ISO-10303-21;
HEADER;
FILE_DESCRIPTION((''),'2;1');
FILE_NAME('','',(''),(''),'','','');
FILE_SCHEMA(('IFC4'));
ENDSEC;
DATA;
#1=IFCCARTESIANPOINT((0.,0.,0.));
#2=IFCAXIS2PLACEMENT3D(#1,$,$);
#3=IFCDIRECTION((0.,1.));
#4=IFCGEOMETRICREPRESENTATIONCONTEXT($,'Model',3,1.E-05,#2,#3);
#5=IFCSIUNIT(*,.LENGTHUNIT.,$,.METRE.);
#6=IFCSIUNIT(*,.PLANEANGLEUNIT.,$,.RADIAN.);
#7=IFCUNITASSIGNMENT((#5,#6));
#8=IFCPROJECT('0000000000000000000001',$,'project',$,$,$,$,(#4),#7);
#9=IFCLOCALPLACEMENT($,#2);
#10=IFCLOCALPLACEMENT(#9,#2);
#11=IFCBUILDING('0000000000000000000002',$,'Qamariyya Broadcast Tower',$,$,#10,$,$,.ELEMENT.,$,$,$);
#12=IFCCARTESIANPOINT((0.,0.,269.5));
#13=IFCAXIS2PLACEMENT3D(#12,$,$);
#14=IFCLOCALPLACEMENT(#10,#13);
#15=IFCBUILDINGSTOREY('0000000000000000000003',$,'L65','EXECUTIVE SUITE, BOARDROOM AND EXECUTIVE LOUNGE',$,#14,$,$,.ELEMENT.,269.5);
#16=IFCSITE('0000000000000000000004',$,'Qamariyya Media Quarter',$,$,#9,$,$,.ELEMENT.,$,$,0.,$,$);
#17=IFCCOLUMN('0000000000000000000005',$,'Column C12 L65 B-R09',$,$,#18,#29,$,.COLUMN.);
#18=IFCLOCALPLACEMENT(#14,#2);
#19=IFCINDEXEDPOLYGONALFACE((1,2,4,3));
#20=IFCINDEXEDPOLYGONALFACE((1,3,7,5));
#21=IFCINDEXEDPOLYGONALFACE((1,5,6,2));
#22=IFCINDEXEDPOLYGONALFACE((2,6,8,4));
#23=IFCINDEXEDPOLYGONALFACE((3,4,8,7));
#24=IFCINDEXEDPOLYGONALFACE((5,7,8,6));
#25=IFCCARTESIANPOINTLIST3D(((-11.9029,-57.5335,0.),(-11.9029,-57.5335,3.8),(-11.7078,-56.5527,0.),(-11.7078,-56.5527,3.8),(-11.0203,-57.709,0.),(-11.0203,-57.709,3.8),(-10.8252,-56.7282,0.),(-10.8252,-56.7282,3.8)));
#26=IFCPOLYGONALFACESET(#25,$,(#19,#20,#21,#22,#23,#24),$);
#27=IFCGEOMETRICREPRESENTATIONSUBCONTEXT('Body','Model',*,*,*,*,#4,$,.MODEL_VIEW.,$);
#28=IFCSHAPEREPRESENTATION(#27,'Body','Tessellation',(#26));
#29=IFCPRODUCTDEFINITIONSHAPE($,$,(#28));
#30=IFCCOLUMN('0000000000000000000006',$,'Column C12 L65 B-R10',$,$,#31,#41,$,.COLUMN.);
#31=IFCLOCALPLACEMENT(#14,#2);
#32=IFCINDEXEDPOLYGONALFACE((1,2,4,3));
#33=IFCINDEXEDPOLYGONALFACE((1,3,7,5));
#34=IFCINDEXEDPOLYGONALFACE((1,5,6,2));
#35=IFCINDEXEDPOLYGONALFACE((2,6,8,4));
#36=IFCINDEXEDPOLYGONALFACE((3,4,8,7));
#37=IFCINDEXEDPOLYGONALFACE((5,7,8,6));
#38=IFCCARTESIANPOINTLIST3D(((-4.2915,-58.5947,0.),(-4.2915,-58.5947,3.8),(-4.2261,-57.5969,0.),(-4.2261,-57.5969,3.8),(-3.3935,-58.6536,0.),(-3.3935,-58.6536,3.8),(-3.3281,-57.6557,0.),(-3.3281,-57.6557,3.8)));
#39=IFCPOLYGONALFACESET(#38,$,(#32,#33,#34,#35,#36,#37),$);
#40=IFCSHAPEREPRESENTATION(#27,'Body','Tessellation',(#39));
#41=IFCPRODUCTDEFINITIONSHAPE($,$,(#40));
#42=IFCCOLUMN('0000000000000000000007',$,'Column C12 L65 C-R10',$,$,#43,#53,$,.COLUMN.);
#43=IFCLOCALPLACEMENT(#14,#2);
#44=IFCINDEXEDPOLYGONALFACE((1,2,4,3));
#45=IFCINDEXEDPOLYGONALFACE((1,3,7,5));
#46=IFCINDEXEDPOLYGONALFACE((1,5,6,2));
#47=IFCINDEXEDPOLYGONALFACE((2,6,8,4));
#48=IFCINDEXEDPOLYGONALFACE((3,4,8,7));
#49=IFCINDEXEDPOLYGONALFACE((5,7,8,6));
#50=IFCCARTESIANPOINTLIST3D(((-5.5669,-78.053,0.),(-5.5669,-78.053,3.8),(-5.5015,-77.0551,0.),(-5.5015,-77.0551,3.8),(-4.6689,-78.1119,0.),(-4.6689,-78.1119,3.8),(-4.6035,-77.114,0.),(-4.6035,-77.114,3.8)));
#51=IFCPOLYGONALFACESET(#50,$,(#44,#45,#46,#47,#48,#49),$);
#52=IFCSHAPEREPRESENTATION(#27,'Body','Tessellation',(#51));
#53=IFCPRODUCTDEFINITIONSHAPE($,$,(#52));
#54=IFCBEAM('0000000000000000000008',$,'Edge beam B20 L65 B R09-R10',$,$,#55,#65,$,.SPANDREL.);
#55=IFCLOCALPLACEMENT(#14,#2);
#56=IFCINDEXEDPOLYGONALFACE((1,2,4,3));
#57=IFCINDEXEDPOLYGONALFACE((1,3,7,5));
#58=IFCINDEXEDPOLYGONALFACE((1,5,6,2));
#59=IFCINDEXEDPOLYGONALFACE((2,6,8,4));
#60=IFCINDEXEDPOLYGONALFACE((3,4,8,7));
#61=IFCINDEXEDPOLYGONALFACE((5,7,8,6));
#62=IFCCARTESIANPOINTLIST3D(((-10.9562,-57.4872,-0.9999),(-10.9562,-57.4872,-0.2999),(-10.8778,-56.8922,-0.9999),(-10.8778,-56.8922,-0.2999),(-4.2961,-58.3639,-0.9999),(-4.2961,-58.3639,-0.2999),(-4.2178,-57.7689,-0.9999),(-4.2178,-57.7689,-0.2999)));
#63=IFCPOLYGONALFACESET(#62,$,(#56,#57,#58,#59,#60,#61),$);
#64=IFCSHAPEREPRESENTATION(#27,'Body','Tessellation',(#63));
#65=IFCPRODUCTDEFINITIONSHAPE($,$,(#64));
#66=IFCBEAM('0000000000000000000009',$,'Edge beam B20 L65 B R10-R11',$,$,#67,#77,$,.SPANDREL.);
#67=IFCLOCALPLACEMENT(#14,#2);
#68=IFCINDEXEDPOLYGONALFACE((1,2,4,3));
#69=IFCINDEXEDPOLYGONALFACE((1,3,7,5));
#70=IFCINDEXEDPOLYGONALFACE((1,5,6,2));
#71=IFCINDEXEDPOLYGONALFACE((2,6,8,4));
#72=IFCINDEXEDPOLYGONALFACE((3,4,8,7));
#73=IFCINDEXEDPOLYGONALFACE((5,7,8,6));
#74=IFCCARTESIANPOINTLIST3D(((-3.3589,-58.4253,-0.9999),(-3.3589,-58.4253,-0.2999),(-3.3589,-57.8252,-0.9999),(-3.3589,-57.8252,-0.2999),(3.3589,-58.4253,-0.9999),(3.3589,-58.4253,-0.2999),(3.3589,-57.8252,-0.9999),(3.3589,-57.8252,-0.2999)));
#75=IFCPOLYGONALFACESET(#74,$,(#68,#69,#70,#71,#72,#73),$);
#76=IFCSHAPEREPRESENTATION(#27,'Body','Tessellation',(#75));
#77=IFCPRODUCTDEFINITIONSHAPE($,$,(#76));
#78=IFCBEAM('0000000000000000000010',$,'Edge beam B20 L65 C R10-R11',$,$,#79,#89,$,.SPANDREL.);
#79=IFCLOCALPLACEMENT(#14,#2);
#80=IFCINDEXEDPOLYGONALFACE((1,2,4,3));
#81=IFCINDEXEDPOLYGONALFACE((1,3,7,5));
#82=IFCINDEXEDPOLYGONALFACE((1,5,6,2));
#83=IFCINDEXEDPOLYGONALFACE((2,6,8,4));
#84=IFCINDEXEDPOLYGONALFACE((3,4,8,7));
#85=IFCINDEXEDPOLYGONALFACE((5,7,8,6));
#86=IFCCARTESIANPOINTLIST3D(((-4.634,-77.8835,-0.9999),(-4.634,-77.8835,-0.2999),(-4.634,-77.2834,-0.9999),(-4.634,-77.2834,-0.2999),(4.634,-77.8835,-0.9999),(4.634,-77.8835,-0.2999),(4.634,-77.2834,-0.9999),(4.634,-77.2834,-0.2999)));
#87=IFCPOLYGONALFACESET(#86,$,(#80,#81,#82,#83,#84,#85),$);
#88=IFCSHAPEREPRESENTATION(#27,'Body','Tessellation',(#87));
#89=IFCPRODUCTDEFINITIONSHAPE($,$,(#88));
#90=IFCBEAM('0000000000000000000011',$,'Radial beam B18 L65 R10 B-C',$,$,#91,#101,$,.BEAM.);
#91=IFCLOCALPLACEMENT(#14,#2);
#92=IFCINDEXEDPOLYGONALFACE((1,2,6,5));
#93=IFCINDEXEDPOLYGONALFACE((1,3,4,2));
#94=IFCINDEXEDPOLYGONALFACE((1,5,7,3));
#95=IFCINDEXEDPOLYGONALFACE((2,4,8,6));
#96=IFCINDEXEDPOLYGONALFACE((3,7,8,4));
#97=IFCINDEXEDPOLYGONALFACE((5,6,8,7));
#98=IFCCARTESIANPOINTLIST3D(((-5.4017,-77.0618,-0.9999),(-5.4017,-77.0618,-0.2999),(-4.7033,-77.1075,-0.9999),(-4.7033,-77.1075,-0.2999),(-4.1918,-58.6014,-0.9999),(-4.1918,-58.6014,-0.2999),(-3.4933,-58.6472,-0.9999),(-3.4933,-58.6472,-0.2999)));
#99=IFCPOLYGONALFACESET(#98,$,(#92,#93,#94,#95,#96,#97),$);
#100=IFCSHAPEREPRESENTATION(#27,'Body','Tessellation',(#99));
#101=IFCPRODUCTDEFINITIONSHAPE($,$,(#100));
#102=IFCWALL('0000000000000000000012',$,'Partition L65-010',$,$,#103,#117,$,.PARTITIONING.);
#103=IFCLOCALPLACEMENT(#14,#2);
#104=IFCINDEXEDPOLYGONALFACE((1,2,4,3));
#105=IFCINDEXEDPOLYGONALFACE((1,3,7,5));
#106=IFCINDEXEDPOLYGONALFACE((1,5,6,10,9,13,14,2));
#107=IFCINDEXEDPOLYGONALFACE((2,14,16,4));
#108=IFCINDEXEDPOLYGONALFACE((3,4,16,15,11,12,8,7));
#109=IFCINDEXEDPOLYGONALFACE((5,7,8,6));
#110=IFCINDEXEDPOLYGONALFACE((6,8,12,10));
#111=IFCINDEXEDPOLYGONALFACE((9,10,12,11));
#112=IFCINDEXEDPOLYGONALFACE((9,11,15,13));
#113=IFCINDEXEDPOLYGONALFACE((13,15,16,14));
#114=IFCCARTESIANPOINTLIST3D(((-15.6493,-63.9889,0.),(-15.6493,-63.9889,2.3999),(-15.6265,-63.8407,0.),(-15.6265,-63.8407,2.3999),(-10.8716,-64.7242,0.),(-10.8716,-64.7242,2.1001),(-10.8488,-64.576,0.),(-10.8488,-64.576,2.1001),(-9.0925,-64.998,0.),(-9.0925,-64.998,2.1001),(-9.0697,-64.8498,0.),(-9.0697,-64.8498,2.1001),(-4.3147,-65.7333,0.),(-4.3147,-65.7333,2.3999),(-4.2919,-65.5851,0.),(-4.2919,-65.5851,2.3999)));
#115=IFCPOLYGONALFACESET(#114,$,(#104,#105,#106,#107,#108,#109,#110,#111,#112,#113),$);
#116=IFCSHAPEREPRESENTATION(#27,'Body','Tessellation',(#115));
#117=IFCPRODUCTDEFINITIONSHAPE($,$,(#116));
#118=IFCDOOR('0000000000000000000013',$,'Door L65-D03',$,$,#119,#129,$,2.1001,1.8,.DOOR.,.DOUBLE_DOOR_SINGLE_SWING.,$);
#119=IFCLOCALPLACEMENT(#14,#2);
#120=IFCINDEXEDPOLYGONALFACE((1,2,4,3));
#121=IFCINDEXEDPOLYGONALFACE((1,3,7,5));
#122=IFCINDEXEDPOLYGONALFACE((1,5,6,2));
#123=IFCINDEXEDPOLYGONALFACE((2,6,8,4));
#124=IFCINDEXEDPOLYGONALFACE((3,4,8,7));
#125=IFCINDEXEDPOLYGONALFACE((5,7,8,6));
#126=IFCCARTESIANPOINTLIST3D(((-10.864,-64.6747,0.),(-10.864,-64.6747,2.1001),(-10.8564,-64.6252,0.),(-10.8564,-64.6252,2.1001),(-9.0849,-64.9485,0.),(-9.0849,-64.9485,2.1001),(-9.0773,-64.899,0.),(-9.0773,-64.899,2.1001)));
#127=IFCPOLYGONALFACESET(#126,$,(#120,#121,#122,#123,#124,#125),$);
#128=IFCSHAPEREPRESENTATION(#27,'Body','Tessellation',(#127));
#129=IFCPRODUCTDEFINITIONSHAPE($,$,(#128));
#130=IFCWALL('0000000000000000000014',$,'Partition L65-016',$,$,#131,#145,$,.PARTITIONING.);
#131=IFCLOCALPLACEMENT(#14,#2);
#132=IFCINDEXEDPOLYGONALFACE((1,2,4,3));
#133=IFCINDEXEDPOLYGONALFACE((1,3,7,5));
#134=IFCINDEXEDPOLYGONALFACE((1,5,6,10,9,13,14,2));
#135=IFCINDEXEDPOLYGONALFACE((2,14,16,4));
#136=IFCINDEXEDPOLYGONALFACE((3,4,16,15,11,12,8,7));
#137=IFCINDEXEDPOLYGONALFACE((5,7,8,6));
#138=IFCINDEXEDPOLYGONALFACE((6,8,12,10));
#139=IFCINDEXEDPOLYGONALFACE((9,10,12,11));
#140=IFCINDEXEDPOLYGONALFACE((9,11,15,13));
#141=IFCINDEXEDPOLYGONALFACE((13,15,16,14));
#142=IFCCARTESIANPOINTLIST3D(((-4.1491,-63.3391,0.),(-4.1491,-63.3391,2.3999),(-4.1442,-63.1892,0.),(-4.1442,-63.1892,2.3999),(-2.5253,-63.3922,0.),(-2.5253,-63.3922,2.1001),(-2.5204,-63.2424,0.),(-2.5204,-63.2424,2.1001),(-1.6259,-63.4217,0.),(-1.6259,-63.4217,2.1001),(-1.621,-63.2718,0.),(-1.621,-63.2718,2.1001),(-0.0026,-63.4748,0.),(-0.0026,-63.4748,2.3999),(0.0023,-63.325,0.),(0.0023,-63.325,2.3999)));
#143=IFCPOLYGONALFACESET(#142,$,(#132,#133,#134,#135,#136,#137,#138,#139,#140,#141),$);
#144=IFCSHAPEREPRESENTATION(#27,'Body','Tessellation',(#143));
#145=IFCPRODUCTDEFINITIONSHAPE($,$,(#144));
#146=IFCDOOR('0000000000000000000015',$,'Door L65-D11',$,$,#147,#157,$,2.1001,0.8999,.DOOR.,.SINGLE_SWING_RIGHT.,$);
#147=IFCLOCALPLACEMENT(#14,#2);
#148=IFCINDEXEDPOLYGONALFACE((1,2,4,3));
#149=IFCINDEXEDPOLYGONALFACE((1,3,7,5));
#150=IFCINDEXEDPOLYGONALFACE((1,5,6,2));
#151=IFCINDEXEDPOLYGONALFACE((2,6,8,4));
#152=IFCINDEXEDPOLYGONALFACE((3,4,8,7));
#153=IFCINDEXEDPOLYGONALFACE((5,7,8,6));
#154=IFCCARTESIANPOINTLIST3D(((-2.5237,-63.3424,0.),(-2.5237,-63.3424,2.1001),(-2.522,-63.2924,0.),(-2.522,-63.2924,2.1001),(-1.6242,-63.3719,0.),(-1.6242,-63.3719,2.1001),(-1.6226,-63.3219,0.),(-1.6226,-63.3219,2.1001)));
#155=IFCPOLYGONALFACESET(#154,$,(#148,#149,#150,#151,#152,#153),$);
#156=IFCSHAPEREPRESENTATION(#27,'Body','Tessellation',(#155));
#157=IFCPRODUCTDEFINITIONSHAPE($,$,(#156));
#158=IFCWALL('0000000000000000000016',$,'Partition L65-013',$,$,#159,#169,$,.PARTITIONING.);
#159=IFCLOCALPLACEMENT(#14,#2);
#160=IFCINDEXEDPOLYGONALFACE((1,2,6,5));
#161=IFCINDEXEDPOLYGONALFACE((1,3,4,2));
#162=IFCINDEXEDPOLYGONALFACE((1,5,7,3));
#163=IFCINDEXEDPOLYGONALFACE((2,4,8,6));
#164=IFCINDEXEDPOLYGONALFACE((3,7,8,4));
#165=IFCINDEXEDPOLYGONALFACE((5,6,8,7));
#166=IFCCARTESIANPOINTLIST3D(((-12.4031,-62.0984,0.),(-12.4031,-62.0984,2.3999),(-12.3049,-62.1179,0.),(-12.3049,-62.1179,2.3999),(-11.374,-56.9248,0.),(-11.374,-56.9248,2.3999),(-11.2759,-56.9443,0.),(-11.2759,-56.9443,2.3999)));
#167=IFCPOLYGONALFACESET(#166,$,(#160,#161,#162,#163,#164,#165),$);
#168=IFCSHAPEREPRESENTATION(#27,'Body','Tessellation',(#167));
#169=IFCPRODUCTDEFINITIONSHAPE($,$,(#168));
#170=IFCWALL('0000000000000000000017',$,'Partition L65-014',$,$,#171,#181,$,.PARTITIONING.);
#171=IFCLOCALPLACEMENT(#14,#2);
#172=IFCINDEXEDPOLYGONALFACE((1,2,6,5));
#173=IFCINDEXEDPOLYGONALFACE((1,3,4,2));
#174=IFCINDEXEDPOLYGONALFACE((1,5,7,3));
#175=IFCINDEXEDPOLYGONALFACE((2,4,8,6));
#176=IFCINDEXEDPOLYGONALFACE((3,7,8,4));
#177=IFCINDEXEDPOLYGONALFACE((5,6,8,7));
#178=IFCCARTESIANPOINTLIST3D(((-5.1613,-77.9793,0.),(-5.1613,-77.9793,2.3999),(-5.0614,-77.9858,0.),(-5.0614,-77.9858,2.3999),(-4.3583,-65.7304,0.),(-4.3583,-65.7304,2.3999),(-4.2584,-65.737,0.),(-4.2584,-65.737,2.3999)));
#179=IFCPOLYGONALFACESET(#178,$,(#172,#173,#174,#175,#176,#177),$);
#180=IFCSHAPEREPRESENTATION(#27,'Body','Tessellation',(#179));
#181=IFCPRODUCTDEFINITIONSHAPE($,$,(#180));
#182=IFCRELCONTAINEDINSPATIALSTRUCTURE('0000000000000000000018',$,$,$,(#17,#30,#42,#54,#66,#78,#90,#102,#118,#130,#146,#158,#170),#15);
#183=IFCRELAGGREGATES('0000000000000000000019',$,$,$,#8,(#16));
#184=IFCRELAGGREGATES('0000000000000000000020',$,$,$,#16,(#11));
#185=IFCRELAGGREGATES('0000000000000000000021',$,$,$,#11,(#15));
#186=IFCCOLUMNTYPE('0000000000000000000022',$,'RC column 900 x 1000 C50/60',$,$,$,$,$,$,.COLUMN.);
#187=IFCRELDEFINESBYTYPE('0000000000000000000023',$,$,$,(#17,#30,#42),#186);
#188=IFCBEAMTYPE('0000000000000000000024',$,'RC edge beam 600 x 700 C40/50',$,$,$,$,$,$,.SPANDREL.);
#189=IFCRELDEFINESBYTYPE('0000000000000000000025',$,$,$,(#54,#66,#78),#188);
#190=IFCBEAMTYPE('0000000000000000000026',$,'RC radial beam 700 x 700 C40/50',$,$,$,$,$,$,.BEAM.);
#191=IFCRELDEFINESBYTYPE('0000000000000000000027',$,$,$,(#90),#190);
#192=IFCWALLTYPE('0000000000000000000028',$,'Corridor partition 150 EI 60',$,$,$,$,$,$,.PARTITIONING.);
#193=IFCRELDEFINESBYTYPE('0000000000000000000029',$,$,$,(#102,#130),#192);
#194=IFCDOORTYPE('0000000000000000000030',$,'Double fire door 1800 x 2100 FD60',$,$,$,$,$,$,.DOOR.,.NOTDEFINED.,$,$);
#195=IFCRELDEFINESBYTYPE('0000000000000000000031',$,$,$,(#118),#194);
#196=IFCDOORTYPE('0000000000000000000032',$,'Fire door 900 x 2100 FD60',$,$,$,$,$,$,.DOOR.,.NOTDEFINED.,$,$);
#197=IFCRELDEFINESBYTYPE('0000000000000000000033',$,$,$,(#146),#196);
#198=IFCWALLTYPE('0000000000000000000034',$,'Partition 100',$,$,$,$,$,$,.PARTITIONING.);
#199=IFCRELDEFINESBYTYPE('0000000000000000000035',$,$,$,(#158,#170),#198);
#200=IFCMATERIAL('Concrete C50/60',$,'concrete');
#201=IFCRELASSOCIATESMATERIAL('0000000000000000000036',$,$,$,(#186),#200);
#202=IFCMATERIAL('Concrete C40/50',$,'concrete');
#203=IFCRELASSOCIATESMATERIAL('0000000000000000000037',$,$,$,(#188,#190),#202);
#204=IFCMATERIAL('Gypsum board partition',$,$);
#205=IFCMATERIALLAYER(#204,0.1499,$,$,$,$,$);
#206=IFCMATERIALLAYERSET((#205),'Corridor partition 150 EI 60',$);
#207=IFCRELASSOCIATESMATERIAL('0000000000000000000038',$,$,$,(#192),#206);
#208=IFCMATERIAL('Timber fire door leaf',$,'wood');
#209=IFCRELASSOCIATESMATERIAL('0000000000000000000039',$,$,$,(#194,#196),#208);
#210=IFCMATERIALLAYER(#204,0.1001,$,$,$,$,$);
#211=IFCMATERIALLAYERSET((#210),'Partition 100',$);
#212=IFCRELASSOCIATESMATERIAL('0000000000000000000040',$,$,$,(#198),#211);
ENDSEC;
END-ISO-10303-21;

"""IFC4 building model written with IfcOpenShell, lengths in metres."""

from ifc_helpers import new_model, si_unit, direction, frame, frame_2d, origin, origin_2d, place, context, subcontext, project, spatial, rectangle, extrude, material, layer, layer_set, material_profile, profile_set, type_object, element, fill, save


model = new_model("IFC4")

# Units and contexts
model_context = context("Model", 3, precision=1e-05, world=origin(), true_north=direction((0.0, 1.0)))
body_context = subcontext(model_context, "Body", "Model", "MODEL_VIEW")
ifc_project = project(units=[si_unit("LENGTHUNIT", "METRE"), si_unit("PLANEANGLEUNIT", "RADIAN")], contexts=[model_context])

# Site, building, storey
site_placement = place(None, origin())
site = spatial("IfcSite", under=ifc_project, at=site_placement, Name="Qamariyya Media Quarter", CompositionType="ELEMENT", RefElevation=0.0)
building_placement = place(site_placement, origin())
building = spatial("IfcBuilding", under=site, at=building_placement, Name="Qamariyya Broadcast Tower", CompositionType="ELEMENT")
storey_placement = place(building_placement, frame((0.0, 0.0, 269.5)))
storey = spatial("IfcBuildingStorey", under=building, at=storey_placement, Name="L65", Description="EXECUTIVE SUITE, BOARDROOM AND EXECUTIVE LOUNGE", CompositionType="ELEMENT", Elevation=269.5)

# Columns
ifc_material_1 = material(Name="Concrete C50/60", Category="concrete")
ifc_material_profile_1 = material_profile(ifc_material_1, rectangle(XDim=0.8999, YDim=1.0, at=origin_2d()))
ifc_profile_set_1 = profile_set([ifc_material_profile_1], Name="Concrete C50/60")
column_type = type_object("IfcColumnType", Name="RC column 900 x 1000 C50/60", PredefinedType="COLUMN", material=ifc_profile_set_1)
for number, where, z_axis, x_axis, name in (
    (1, (-11.364, -57.1309, 0.0), (0.0, 0.0, 1.0), (0.980785, -0.19509, 0.0), "Column C12 L65 B-R09"),
    (2, (-3.8098, -58.1252, 0.0), (0.0, 0.0, 1.0), (0.997859, -0.065403, 0.0), "Column C12 L65 B-R10"),
    (3, (-5.0852, -77.5835, 0.0), (0.0, 0.0, 1.0), (0.997859, -0.065403, 0.0), "Column C12 L65 C-R10"),
):
    element("IfcColumn", number, at=place(storey_placement, frame(where, z_axis=z_axis, x_axis=x_axis)), inside=storey, type_object=column_type, Name=name, PredefinedType="COLUMN", context=body_context, shape_type="SweptSolid", body=[
        extrude(rectangle(XDim=0.8999, YDim=1.0, at=origin_2d()), origin(), (0.0, 0.0, 1.0), 3.8),
    ])

# Beams
ifc_material_2 = material(Name="Concrete C40/50", Category="concrete")
ifc_material_profile_2 = material_profile(ifc_material_2, rectangle(XDim=0.6001, YDim=0.7, at=origin_2d()))
ifc_profile_set_2 = profile_set([ifc_material_profile_2], Name="Concrete C40/50")
beam_type_1 = type_object("IfcBeamType", Name="RC edge beam 600 x 700 C40/50", PredefinedType="SPANDREL", material=ifc_profile_set_2)
beam_1_placement = place(storey_placement, frame((-10.917, -57.1897, -0.6499), z_axis=(0.991447, -0.130509, 0.0), x_axis=(0.130509, 0.991447, 0.0)))
element("IfcBeam", 4, at=beam_1_placement, inside=storey, type_object=beam_type_1, Name="Edge beam B20 L65 B R09-R10", PredefinedType="SPANDREL", context=body_context, shape_type="SweptSolid", body=[
    extrude(rectangle(XDim=0.6001, YDim=0.7, at=origin_2d()), origin(), (0.0, 0.0, 1.0), 6.7175),
])
beam_2_placement = place(storey_placement, frame((-3.3589, -58.1252, -0.6499), z_axis=(1.0, 0.0, 0.0), x_axis=(0.0, 1.0, 0.0)))
element("IfcBeam", 5, at=beam_2_placement, inside=storey, type_object=beam_type_1, Name="Edge beam B20 L65 B R10-R11", PredefinedType="SPANDREL", context=body_context, shape_type="SweptSolid", body=[
    extrude(rectangle(XDim=0.6001, YDim=0.7, at=origin_2d()), origin(), (0.0, 0.0, 1.0), 6.7178),
])
beam_3_placement = place(storey_placement, frame((-4.634, -77.5835, -0.6499), z_axis=(1.0, 0.0, 0.0), x_axis=(0.0, 1.0, 0.0)))
element("IfcBeam", 6, at=beam_3_placement, inside=storey, type_object=beam_type_1, Name="Edge beam B20 L65 C R10-R11", PredefinedType="SPANDREL", context=body_context, shape_type="SweptSolid", body=[
    extrude(rectangle(XDim=0.6001, YDim=0.7, at=origin_2d()), origin(), (0.0, 0.0, 1.0), 9.2681),
])
ifc_material_profile_3 = material_profile(ifc_material_2, rectangle(XDim=0.7, YDim=0.7, at=origin_2d()))
ifc_profile_set_3 = profile_set([ifc_material_profile_3], Name="Concrete C40/50")
beam_type_2 = type_object("IfcBeamType", Name="RC radial beam 700 x 700 C40/50", PredefinedType="BEAM", material=ifc_profile_set_3)
beam_4_placement = place(storey_placement, frame((-3.8425, -58.6243, -0.6499), z_axis=(-0.065403, -0.997859, 0.0), x_axis=(0.997859, -0.065403, 0.0)))
element("IfcBeam", 7, at=beam_4_placement, inside=storey, type_object=beam_type_2, Name="Radial beam B18 L65 R10 B-C", PredefinedType="BEAM", context=body_context, shape_type="SweptSolid", body=[
    extrude(rectangle(XDim=0.7, YDim=0.7, at=origin_2d()), origin(), (0.0, 0.0, 1.0), 18.5),
])

# Walls, openings, doors
ifc_material_3 = material(Name="Gypsum board partition")
ifc_layer_1 = layer(ifc_material_3, 0.1499)
ifc_layer_set_1 = layer_set([ifc_layer_1], Name="Corridor partition 150 EI 60")
wall_type_1 = type_object("IfcWallType", Name="Corridor partition 150 EI 60", PredefinedType="PARTITIONING", material=ifc_layer_set_1)
wall_1_placement = place(storey_placement, frame((-4.3035, -65.6592, 0.0), z_axis=(0.0, 0.0, 1.0), x_axis=(-0.988364, 0.15211, 0.0)))
wall_1 = element("IfcWall", 8, at=wall_1_placement, inside=storey, type_object=wall_type_1, Name="Partition L65-010", PredefinedType="PARTITIONING", context=body_context, shape_type="SweptSolid", body=[
    extrude(rectangle(XDim=11.468, YDim=0.1499, at=frame_2d((5.7339, 0.0))), origin(), (0.0, 0.0, 1.0), 2.3999),
])
opening_1_placement = place(wall_1_placement, frame((4.834, 0.0, 0.0)))
opening_1 = element("IfcOpeningElement", 9, at=opening_1_placement, cuts=wall_1, PredefinedType="OPENING", context=body_context, shape_type="SweptSolid", body=[
    extrude(rectangle(XDim=1.8, YDim=2.1001, at=frame_2d((0.8999, 1.05))), frame((0.0, 0.085, 0.0), z_axis=(0.0, -1.0, 0.0), x_axis=(1.0, 0.0, 0.0)), (0.0, 0.0, 1.0), 0.1699),
])
ifc_material_4 = material(Name="Timber fire door leaf", Category="wood")
door_type_1 = type_object("IfcDoorType", Name="Double fire door 1800 x 2100 FD60", OperationType="NOTDEFINED", PredefinedType="DOOR", material=ifc_material_4)
door_1_placement = place(opening_1_placement, origin())
door_1 = element("IfcDoor", 10, at=door_1_placement, inside=storey, type_object=door_type_1, Name="Door L65-D03", OperationType="DOUBLE_DOOR_SINGLE_SWING", OverallHeight=2.1001, OverallWidth=1.8, PredefinedType="DOOR", context=body_context, shape_type="SweptSolid", body=[
    extrude(rectangle(XDim=1.8, YDim=2.1001, at=frame_2d((0.8999, 1.05))), frame((0.0, 0.0249, 0.0), z_axis=(0.0, -1.0, 0.0), x_axis=(1.0, 0.0, 0.0)), (0.0, 0.0, 1.0), 0.05),
])
fill(opening_1, door_1)
wall_2_placement = place(storey_placement, frame((-4.1465, -63.2642, 0.0), z_axis=(0.0, 0.0, 1.0), x_axis=(0.999465, -0.032719, 0.0)))
wall_2 = element("IfcWall", 11, at=wall_2_placement, inside=storey, type_object=wall_type_1, Name="Partition L65-016", PredefinedType="PARTITIONING", context=body_context, shape_type="SweptSolid", body=[
    extrude(rectangle(XDim=4.1487, YDim=0.1499, at=frame_2d((2.0742, 0.0))), origin(), (0.0, 0.0, 1.0), 2.3999),
])
opening_2_placement = place(wall_2_placement, frame((1.6245, 0.0, 0.0)))
opening_2 = element("IfcOpeningElement", 12, at=opening_2_placement, cuts=wall_2, PredefinedType="OPENING", context=body_context, shape_type="SweptSolid", body=[
    extrude(rectangle(XDim=0.8999, YDim=2.1001, at=frame_2d((0.45, 1.05))), frame((0.0, 0.085, 0.0), z_axis=(0.0, -1.0, 0.0), x_axis=(1.0, 0.0, 0.0)), (0.0, 0.0, 1.0), 0.1699),
])
door_type_2 = type_object("IfcDoorType", Name="Fire door 900 x 2100 FD60", OperationType="NOTDEFINED", PredefinedType="DOOR", material=ifc_material_4)
door_2_placement = place(opening_2_placement, origin())
door_2 = element("IfcDoor", 13, at=door_2_placement, inside=storey, type_object=door_type_2, Name="Door L65-D11", OperationType="SINGLE_SWING_RIGHT", OverallHeight=2.1001, OverallWidth=0.8999, PredefinedType="DOOR", context=body_context, shape_type="SweptSolid", body=[
    extrude(rectangle(XDim=0.8999, YDim=2.1001, at=frame_2d((0.45, 1.05))), frame((0.0, 0.0249, 0.0), z_axis=(0.0, -1.0, 0.0), x_axis=(1.0, 0.0, 0.0)), (0.0, 0.0, 1.0), 0.05),
])
fill(opening_2, door_2)

# Walls
ifc_layer_2 = layer(ifc_material_3, 0.1001)
ifc_layer_set_2 = layer_set([ifc_layer_2], Name="Partition 100")
wall_type_2 = type_object("IfcWallType", Name="Partition 100", PredefinedType="PARTITIONING", material=ifc_layer_set_2)
wall_3_placement = place(storey_placement, frame((-11.325, -56.9346, 0.0), z_axis=(0.0, 0.0, 1.0), x_axis=(-0.195084, -0.980787, 0.0)))
element("IfcWall", 14, at=wall_3_placement, inside=storey, type_object=wall_type_2, Name="Partition L65-013", PredefinedType="PARTITIONING", context=body_context, shape_type="SweptSolid", body=[
    extrude(rectangle(XDim=5.2749, YDim=0.1001, at=frame_2d((2.6375, 0.0))), origin(), (0.0, 0.0, 1.0), 2.3999),
])
wall_4_placement = place(storey_placement, frame((-5.1113, -77.9827, 0.0), z_axis=(0.0, 0.0, 1.0), x_axis=(0.065415, 0.997858, 0.0)))
element("IfcWall", 15, at=wall_4_placement, inside=storey, type_object=wall_type_2, Name="Partition L65-014", PredefinedType="PARTITIONING", context=body_context, shape_type="SweptSolid", body=[
    extrude(rectangle(XDim=12.2751, YDim=0.1001, at=frame_2d((6.1377, 0.0))), origin(), (0.0, 0.0, 1.0), 2.3999),
])

save(model, "model.ifc")
